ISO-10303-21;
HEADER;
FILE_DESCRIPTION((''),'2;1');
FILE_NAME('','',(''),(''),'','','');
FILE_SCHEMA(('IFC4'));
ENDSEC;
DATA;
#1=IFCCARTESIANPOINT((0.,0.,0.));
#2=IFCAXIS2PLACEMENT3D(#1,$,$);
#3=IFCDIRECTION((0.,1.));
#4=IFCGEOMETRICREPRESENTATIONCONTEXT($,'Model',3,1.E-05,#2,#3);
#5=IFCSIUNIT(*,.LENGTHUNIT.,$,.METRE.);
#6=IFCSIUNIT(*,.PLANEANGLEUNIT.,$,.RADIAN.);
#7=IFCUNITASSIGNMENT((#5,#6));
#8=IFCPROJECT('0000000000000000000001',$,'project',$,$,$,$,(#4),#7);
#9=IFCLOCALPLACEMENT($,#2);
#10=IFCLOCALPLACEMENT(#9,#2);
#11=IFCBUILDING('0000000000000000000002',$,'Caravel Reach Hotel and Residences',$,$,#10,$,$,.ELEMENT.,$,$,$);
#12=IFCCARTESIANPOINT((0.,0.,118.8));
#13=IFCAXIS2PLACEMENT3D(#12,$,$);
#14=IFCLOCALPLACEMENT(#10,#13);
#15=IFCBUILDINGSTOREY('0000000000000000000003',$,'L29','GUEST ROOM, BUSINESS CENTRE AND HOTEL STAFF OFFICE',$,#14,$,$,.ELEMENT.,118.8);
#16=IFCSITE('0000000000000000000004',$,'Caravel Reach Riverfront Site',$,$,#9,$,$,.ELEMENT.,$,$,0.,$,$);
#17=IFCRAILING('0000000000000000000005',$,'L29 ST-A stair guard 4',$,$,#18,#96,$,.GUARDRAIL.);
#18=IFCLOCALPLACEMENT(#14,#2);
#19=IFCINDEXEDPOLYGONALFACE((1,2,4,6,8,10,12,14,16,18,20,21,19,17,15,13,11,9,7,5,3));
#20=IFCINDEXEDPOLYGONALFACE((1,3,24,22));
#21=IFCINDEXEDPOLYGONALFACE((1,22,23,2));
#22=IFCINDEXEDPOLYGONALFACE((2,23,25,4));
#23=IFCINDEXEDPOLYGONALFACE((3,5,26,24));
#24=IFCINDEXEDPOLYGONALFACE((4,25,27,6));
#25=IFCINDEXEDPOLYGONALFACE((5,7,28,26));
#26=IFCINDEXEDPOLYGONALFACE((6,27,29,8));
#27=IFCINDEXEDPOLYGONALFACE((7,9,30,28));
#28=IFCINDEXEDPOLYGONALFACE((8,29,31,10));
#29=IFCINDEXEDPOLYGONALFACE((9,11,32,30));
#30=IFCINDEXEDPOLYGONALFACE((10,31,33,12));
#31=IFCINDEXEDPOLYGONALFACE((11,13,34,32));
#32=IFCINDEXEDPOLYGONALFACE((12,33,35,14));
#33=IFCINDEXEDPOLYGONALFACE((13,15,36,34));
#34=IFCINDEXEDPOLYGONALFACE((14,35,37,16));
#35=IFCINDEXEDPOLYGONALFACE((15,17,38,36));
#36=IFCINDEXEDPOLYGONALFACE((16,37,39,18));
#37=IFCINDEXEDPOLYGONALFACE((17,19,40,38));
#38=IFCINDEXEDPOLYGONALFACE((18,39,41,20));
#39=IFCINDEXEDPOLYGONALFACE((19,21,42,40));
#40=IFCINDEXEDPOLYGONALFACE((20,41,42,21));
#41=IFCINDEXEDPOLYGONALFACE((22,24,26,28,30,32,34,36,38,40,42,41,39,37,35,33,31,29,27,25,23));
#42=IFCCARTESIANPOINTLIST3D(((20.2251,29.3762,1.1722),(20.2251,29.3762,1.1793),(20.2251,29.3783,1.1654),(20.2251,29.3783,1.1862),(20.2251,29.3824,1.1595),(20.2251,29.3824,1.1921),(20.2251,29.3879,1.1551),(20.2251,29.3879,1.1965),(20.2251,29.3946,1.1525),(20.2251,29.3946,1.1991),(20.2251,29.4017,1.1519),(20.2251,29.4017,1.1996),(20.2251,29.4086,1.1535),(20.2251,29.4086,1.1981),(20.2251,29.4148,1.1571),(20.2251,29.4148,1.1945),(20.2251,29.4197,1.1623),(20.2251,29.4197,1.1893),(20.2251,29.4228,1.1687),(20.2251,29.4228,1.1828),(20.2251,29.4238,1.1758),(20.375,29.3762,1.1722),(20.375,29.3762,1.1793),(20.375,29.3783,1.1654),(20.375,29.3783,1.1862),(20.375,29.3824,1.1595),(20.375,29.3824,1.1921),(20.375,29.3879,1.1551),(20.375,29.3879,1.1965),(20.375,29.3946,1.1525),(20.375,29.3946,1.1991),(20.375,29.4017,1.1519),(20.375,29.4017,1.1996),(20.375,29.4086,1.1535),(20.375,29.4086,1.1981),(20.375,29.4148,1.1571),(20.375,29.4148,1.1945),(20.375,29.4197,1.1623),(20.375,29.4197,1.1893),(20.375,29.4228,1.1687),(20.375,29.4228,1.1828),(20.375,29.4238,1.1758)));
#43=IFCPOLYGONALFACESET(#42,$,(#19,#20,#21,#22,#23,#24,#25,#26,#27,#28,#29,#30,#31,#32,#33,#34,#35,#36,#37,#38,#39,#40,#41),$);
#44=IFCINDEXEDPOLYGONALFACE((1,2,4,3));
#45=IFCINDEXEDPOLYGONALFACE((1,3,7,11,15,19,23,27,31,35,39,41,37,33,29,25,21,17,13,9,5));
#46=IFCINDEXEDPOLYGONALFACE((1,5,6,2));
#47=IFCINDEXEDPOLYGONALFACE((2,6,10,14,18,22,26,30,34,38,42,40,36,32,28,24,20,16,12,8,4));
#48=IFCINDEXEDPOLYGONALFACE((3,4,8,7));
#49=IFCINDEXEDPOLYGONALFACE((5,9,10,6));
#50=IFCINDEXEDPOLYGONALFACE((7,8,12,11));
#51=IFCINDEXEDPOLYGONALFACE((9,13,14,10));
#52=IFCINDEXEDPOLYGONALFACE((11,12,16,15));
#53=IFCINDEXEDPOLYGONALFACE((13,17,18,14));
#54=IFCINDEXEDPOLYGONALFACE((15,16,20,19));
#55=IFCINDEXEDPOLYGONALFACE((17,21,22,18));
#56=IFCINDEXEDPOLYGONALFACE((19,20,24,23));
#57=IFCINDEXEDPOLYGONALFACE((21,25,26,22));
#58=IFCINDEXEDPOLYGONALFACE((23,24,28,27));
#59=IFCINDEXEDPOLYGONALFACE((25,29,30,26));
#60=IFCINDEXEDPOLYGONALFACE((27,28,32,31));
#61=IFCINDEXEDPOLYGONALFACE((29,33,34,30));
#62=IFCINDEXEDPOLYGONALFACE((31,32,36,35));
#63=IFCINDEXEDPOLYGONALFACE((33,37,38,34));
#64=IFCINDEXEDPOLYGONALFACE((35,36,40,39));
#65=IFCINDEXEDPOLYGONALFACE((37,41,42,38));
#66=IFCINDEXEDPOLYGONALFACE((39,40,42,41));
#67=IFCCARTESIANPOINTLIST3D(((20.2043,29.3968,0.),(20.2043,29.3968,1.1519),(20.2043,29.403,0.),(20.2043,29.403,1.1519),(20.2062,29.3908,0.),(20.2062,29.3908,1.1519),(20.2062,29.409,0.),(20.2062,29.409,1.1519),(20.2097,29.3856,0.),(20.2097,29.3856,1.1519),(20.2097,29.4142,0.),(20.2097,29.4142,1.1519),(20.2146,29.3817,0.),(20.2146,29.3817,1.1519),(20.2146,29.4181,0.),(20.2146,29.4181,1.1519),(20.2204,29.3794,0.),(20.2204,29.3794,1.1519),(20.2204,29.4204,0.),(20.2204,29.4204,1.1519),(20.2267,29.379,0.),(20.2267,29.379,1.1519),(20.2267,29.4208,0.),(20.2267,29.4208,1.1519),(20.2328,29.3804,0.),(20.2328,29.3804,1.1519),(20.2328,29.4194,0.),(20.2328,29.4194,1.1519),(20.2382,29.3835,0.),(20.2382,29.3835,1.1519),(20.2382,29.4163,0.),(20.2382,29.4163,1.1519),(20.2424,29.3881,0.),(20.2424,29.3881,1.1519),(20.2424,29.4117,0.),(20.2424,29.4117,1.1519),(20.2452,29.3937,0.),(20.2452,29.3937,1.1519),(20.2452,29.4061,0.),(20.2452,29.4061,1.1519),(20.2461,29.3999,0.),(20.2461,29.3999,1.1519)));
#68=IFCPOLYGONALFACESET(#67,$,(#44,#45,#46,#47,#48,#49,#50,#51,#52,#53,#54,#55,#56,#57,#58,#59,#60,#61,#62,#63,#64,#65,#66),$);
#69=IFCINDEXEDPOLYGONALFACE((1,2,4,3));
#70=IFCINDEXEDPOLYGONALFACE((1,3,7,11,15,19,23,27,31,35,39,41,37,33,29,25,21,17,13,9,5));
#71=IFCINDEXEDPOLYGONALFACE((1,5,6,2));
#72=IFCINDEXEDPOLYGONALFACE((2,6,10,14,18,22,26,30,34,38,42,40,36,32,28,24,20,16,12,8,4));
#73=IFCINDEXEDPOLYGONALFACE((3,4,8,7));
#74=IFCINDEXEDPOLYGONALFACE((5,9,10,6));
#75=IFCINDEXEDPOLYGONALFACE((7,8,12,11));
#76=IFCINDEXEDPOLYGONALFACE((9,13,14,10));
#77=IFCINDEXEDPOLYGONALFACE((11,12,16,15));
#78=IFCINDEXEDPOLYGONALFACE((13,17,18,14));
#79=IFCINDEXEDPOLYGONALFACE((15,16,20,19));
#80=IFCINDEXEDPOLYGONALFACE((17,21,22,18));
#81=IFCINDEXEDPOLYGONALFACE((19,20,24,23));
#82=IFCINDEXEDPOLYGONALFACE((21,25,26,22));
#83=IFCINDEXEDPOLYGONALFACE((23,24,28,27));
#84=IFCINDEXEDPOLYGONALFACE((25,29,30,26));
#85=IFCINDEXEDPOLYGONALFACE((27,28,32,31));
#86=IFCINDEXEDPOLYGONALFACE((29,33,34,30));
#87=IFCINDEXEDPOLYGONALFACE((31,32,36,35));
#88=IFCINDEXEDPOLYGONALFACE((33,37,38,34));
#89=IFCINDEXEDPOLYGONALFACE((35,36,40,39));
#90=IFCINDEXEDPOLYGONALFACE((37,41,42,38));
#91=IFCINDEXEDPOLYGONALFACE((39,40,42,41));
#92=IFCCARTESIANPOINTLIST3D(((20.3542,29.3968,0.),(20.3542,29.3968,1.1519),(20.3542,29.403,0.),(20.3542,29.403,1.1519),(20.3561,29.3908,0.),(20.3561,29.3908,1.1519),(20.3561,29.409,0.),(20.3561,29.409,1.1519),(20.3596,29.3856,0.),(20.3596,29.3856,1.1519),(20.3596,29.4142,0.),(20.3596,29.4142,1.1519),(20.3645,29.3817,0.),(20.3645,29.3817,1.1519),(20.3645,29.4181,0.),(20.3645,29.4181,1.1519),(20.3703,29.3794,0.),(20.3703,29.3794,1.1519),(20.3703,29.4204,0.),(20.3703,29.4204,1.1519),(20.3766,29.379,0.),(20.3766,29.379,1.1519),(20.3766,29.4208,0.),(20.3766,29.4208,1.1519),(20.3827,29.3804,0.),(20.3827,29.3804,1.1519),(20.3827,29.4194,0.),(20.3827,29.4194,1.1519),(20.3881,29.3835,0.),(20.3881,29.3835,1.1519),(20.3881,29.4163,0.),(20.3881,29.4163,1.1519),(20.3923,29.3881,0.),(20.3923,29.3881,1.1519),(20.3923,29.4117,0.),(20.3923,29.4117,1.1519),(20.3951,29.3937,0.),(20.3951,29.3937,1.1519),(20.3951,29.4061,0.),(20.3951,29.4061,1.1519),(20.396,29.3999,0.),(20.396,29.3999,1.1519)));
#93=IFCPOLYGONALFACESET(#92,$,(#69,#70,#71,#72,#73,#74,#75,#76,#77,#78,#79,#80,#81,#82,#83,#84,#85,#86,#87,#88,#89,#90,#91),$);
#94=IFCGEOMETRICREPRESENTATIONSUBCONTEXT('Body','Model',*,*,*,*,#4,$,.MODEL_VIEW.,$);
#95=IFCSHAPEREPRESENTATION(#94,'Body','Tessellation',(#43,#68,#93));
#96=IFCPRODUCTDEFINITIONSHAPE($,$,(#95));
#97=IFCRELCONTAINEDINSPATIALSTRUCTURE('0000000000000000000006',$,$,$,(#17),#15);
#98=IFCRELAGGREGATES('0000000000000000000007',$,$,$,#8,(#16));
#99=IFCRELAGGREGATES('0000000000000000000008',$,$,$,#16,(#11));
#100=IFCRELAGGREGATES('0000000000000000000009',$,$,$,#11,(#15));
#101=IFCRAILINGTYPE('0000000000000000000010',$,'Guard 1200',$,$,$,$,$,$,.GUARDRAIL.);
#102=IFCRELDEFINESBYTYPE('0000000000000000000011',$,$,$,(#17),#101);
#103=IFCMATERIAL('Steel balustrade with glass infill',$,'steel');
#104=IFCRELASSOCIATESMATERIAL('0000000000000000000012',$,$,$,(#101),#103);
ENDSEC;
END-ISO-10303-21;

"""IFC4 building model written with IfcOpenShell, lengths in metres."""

from ifc_helpers import new_model, si_unit, direction, frame, origin, origin_2d, place, context, subcontext, project, spatial, circle, extrude, material, type_object, element, save


model = new_model("IFC4")

# Units and contexts
model_context = context("Model", 3, precision=1e-05, world=origin(), true_north=direction((0.0, 1.0)))
body_context = subcontext(model_context, "Body", "Model", "MODEL_VIEW")
ifc_project = project(units=[si_unit("LENGTHUNIT", "METRE"), si_unit("PLANEANGLEUNIT", "RADIAN")], contexts=[model_context])

# Site, building, storey
site_placement = place(None, origin())
site = spatial("IfcSite", under=ifc_project, at=site_placement, Name="Caravel Reach Riverfront Site", CompositionType="ELEMENT", RefElevation=0.0)
building_placement = place(site_placement, origin())
building = spatial("IfcBuilding", under=site, at=building_placement, Name="Caravel Reach Hotel and Residences", CompositionType="ELEMENT")
storey_placement = place(building_placement, frame((0.0, 0.0, 118.8)))
storey = spatial("IfcBuildingStorey", under=building, at=storey_placement, Name="L29", Description="GUEST ROOM, BUSINESS CENTRE AND HOTEL STAFF OFFICE", CompositionType="ELEMENT", Elevation=118.8)

# Railing
ifc_material_1 = material(Name="Steel balustrade with glass infill", Category="steel")
railing_type_1 = type_object("IfcRailingType", Name="Guard 1200", PredefinedType="GUARDRAIL", material=ifc_material_1)
railing_1_placement = place(storey_placement, frame((20.2251, 29.3999, 0.0)))
element("IfcRailing", 1, at=railing_1_placement, inside=storey, type_object=railing_type_1, Name="L29 ST-A stair guard 4", PredefinedType="GUARDRAIL", context=body_context, shape_type="SweptSolid", body=[
    extrude(circle(Radius=0.0239, at=origin_2d()), frame((0.0, 0.0, 1.1758), z_axis=(1.0, 0.0, 0.0), x_axis=(0.0, 1.0, 0.0)), (0.0, 0.0, 1.0), 0.1499),
    extrude(circle(Radius=0.021, at=origin_2d()), origin(), (0.0, 0.0, 1.0), 1.1519),
    extrude(circle(Radius=0.021, at=origin_2d()), frame((0.1499, 0.0, 0.0)), (0.0, 0.0, 1.0), 1.1519),
])

save(model, "model.ifc")
